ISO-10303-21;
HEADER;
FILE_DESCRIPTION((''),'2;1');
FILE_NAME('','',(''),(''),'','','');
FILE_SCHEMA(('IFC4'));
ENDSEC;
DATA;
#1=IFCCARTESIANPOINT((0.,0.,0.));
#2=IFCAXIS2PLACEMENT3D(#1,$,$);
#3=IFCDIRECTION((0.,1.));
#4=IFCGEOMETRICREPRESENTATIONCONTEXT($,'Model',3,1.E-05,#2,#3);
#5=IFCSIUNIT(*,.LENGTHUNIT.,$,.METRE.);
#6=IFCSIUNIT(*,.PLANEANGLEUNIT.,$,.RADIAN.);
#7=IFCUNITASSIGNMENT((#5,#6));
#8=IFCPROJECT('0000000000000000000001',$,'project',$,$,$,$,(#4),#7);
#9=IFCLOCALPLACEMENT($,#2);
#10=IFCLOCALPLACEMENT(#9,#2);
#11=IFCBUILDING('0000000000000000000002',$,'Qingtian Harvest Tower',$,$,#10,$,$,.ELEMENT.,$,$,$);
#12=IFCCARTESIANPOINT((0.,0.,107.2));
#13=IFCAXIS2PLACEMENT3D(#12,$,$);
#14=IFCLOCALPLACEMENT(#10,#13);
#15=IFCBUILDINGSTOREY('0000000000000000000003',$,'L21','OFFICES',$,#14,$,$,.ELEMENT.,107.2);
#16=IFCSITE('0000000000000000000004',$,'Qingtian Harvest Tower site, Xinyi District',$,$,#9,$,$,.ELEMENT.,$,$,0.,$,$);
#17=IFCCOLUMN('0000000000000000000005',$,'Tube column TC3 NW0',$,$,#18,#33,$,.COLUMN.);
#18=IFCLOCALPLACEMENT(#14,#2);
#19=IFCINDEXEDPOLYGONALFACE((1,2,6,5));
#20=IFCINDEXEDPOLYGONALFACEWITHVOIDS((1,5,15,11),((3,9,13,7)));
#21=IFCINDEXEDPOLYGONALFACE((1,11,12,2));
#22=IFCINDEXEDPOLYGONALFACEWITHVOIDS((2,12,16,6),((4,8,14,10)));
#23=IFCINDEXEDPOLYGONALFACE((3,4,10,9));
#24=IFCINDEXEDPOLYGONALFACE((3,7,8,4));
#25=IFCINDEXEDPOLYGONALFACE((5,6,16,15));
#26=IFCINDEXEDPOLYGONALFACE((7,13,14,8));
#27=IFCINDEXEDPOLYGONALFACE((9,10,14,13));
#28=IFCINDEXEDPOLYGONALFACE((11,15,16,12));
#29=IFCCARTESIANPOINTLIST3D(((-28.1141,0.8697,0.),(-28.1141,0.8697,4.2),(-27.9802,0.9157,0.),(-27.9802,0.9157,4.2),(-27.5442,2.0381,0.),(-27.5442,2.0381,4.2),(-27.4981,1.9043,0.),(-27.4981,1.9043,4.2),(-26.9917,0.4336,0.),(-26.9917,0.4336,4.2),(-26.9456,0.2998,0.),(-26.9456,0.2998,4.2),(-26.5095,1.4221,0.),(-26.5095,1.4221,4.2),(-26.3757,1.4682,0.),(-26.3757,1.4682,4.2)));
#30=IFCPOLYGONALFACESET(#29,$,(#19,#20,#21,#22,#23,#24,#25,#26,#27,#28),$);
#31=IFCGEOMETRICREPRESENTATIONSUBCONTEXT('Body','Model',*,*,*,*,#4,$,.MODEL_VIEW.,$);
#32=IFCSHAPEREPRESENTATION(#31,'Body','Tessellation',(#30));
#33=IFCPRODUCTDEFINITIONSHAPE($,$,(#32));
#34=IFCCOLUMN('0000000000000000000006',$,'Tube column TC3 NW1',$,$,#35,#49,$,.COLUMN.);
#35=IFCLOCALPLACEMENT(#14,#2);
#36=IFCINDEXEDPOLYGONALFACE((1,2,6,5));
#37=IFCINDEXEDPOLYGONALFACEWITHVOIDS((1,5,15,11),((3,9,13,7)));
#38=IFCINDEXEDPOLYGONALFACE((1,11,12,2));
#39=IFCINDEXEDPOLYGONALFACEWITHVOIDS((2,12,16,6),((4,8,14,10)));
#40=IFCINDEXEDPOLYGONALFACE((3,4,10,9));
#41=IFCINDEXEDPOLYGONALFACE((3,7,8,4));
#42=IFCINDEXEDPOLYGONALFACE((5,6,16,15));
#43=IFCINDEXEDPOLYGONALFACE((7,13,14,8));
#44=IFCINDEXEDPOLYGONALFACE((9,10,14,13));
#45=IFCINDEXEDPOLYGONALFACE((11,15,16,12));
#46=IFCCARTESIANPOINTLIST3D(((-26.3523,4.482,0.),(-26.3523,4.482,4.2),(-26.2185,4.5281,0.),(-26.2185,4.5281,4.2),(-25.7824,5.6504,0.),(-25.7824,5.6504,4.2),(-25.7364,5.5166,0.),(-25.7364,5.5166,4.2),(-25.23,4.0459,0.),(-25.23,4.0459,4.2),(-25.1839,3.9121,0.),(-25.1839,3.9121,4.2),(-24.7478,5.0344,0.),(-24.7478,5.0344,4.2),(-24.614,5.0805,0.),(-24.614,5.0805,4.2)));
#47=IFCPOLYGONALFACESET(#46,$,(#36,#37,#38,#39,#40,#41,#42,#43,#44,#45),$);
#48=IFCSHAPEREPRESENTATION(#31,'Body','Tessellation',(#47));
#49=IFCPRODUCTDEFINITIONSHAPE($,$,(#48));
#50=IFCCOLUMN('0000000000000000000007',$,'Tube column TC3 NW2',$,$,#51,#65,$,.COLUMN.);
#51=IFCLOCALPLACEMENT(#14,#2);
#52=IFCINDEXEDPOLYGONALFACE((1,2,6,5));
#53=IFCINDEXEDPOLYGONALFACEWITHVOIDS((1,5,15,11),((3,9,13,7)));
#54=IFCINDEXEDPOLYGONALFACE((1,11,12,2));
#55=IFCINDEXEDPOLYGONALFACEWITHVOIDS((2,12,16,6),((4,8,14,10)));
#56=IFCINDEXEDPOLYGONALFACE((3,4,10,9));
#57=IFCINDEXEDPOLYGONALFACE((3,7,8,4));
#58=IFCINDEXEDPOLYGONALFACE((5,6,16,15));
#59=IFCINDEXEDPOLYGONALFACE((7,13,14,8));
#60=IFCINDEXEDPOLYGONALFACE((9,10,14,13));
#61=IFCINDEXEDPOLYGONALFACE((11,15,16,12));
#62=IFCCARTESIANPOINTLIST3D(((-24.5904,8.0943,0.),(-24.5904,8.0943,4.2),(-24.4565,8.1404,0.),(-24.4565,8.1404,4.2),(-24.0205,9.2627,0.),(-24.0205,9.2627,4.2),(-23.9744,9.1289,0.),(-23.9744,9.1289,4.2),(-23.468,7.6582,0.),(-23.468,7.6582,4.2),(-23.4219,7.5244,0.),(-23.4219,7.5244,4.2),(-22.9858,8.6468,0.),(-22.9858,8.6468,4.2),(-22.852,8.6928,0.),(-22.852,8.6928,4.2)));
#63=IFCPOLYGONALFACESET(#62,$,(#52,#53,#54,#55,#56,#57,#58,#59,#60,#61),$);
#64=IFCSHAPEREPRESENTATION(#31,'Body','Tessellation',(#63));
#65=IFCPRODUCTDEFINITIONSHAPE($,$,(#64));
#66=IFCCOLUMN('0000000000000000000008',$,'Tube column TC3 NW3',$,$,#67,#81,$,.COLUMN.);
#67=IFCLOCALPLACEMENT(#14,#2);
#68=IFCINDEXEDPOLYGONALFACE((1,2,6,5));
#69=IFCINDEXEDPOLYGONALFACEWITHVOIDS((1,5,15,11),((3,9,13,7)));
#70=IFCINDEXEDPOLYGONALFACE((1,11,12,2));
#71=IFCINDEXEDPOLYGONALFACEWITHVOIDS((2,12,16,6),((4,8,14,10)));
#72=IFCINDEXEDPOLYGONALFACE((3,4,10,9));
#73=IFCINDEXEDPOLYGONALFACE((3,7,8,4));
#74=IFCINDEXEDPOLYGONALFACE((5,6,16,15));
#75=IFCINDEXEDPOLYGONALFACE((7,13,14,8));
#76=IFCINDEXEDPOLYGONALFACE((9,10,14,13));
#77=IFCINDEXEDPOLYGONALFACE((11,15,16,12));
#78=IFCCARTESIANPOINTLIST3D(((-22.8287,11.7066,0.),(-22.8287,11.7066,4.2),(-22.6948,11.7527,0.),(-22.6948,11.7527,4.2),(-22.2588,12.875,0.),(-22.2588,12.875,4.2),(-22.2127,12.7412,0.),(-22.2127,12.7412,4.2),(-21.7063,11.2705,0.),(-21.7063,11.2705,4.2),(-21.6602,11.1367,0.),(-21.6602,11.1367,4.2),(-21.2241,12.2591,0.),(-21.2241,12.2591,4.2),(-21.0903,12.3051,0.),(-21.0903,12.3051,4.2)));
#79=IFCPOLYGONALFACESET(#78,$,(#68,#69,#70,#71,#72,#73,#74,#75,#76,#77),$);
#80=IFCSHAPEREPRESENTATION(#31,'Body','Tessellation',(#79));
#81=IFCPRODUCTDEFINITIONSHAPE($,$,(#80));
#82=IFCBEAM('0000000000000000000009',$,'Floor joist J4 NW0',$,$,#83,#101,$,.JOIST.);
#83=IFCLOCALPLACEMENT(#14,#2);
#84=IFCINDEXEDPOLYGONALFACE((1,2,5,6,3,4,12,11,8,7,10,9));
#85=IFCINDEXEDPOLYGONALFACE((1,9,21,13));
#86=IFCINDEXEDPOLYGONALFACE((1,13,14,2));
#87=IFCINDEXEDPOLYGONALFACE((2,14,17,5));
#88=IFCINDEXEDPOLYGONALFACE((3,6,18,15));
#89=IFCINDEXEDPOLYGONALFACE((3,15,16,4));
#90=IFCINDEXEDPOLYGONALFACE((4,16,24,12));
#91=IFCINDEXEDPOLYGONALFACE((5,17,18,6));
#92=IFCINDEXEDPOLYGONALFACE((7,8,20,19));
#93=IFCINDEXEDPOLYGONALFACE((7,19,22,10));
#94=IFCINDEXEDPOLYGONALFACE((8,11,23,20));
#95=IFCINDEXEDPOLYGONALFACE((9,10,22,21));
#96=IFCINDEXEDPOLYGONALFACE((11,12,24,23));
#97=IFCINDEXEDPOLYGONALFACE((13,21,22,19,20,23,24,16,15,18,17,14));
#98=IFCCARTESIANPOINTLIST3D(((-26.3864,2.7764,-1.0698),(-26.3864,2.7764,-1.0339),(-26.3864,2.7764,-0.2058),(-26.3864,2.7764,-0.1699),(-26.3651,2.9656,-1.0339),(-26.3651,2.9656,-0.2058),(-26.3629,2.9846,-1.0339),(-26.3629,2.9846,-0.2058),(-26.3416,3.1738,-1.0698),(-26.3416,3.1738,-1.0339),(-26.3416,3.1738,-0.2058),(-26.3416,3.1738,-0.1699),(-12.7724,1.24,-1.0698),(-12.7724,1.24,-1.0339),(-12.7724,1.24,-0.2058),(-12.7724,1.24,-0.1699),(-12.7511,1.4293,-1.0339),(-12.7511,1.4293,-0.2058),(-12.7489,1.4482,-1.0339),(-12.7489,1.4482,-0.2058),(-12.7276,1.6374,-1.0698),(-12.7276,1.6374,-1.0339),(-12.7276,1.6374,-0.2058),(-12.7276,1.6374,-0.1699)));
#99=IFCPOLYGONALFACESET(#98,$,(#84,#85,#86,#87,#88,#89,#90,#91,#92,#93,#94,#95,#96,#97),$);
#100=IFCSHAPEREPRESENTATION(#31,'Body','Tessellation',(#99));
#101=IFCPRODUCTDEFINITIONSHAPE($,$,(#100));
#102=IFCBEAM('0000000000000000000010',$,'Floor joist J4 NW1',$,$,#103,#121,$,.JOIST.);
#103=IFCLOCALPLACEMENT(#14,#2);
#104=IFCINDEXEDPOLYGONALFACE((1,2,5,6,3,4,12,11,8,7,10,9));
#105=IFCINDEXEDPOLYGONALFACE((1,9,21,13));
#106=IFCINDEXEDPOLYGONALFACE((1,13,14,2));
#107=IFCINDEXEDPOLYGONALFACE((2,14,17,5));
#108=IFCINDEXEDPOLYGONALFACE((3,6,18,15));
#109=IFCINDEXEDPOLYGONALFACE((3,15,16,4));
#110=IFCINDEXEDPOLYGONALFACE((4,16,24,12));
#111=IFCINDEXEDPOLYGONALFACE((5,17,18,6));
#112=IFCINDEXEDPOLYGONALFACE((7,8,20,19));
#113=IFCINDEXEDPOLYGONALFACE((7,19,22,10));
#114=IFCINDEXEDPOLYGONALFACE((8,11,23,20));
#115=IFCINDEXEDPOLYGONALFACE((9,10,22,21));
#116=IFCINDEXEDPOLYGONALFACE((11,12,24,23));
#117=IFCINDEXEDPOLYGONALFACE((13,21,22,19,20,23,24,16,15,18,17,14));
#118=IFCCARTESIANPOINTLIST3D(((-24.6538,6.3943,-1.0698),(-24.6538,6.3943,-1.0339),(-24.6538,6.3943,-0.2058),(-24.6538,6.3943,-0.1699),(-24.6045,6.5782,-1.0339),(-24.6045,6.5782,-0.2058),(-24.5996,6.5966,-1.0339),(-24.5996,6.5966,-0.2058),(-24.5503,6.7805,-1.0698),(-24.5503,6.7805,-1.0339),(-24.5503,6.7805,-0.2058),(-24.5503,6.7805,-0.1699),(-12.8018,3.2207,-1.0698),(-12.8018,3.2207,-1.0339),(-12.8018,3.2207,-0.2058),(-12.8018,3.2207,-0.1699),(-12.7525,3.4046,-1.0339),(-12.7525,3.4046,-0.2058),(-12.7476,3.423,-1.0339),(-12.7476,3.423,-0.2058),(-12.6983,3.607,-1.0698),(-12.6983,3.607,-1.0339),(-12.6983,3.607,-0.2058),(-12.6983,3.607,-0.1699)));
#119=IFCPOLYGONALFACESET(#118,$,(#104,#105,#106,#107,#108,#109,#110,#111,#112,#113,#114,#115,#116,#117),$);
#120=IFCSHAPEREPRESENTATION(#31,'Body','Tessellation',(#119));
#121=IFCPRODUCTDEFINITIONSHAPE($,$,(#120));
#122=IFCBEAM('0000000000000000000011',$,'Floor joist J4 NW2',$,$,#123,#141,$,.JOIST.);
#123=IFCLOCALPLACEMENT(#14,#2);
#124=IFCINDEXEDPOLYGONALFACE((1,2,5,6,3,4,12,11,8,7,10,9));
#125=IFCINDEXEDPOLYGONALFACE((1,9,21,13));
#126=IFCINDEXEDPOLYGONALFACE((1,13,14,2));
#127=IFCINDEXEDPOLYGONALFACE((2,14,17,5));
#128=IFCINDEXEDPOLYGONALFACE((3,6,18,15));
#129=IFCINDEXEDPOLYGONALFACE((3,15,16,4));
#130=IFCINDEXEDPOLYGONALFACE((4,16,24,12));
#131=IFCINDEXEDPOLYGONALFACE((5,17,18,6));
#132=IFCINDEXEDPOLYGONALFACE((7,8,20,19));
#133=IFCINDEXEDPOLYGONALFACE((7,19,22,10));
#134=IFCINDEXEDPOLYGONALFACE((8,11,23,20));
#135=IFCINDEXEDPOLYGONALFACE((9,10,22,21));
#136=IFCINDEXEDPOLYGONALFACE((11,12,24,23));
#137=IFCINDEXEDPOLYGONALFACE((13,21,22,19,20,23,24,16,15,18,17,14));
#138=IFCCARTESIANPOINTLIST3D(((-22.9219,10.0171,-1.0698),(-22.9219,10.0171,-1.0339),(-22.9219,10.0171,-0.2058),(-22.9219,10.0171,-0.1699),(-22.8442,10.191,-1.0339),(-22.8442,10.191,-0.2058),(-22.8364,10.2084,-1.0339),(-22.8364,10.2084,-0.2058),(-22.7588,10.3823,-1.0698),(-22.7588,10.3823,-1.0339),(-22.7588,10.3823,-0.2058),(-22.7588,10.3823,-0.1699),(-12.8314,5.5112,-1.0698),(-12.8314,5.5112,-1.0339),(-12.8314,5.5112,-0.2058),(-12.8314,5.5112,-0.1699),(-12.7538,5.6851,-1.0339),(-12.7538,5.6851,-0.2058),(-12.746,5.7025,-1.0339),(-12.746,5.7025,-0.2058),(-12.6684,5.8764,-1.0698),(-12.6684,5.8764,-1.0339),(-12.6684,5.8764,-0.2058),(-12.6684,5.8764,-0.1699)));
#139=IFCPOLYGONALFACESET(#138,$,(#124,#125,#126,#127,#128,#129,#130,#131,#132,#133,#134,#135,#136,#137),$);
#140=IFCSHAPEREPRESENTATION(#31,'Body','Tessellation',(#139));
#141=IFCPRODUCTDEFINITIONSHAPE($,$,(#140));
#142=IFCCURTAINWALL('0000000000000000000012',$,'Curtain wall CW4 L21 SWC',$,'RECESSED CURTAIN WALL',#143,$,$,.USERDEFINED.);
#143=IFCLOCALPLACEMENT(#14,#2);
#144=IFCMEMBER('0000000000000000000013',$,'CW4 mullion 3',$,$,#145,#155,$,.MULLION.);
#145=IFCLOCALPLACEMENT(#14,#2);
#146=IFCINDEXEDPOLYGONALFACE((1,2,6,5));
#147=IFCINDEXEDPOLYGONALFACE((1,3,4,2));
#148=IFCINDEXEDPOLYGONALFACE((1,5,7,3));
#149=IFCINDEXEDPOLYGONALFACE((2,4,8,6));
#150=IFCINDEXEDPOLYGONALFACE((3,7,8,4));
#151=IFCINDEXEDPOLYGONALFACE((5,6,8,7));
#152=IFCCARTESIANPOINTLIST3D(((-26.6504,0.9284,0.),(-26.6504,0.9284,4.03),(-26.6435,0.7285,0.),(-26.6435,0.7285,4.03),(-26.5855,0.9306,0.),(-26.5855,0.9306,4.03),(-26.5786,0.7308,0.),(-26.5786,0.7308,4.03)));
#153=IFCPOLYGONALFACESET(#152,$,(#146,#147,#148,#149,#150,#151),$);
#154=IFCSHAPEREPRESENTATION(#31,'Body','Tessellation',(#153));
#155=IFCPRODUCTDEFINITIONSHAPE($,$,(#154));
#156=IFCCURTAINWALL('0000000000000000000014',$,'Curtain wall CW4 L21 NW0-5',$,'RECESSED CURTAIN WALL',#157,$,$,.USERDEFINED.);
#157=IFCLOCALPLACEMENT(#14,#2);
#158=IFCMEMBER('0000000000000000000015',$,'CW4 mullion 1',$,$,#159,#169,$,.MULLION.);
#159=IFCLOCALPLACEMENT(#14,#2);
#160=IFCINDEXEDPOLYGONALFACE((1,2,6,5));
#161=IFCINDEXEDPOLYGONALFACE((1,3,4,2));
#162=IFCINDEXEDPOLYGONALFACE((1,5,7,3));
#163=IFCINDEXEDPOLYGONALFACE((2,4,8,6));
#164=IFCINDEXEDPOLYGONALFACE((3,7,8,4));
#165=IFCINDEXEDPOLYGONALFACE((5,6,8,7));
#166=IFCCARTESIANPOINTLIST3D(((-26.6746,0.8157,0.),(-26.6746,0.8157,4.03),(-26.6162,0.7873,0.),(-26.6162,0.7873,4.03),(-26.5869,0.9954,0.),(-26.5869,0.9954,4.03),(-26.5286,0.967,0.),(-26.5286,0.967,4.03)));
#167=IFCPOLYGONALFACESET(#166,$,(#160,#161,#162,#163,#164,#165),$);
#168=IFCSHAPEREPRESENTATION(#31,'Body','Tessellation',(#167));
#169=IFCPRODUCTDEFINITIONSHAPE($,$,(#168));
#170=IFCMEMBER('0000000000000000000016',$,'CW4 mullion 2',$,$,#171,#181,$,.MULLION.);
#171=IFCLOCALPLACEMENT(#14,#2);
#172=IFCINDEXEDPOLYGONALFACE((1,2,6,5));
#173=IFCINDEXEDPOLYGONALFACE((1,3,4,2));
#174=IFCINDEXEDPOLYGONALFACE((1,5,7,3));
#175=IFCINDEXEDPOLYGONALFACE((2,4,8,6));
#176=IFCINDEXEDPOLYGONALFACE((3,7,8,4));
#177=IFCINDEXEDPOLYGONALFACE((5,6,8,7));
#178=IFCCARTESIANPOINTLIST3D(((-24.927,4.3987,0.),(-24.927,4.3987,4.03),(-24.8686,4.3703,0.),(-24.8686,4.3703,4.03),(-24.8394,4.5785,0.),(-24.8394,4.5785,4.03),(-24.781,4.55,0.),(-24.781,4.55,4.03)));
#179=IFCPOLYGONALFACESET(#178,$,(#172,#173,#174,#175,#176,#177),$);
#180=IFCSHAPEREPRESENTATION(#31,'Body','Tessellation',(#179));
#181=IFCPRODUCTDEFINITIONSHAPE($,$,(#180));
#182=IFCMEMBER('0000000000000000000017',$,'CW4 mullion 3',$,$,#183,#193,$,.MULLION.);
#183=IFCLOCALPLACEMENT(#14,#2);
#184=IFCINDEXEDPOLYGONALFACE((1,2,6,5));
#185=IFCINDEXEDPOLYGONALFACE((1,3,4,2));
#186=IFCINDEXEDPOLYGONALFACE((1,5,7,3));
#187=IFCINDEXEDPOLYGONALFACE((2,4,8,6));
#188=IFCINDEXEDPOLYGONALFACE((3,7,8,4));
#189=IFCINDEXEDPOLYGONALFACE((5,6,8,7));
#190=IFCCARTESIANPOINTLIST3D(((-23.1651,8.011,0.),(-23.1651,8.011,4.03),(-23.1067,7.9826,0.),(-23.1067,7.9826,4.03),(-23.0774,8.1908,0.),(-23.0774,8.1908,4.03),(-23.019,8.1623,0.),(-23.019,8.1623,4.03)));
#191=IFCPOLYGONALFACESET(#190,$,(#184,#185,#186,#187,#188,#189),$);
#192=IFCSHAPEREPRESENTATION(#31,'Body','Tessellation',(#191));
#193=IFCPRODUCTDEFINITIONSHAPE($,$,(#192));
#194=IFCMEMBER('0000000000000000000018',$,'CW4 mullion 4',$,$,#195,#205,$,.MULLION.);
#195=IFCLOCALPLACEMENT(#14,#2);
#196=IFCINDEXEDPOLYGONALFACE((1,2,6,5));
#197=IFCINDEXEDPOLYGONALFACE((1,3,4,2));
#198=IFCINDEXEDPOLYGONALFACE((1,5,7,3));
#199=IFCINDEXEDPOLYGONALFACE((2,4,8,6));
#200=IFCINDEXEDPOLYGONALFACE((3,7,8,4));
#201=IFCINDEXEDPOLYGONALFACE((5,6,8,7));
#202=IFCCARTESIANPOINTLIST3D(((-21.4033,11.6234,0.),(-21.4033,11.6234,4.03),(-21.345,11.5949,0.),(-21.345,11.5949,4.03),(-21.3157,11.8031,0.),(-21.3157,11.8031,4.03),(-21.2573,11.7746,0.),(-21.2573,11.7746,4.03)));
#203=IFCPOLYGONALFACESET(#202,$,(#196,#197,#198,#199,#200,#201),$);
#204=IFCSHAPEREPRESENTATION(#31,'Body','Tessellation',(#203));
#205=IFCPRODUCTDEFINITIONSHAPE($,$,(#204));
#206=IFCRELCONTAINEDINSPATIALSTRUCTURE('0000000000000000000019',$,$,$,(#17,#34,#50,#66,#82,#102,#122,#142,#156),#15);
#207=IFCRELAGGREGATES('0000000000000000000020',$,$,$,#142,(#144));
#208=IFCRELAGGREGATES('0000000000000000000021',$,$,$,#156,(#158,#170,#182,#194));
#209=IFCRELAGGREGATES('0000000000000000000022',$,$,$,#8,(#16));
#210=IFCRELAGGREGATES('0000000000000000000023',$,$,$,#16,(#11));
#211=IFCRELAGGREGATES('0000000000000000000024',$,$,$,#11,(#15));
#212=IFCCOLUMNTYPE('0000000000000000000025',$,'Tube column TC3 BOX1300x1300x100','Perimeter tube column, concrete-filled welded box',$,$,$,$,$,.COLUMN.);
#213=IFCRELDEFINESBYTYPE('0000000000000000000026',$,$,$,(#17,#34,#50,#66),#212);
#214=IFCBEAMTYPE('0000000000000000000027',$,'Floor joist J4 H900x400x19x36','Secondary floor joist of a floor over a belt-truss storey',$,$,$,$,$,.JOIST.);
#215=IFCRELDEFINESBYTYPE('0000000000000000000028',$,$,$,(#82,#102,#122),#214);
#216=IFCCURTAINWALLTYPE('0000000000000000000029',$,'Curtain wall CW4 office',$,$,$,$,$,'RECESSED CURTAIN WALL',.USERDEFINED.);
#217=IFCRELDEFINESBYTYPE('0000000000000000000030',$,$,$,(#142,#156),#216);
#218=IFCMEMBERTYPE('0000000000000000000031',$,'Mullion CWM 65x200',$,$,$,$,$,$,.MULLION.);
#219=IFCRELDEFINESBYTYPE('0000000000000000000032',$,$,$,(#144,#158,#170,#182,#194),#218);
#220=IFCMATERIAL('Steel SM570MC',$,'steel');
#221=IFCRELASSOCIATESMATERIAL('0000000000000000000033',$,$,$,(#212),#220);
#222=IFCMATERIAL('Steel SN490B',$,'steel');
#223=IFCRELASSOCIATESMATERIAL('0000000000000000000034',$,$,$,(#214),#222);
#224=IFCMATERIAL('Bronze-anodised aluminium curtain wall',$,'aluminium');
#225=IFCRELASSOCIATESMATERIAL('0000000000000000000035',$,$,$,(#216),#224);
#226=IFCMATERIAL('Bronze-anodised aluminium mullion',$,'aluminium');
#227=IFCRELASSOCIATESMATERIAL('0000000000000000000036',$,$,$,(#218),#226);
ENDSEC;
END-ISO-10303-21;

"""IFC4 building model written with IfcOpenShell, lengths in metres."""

from ifc_helpers import new_model, si_unit, direction, frame, origin, origin_2d, place, context, subcontext, project, spatial, rectangle, hollow_rectangle, i_section, extrude, material, material_profile, profile_set, type_object, element, aggregate, save


model = new_model("IFC4")

# Units and contexts
model_context = context("Model", 3, precision=1e-05, world=origin(), true_north=direction((0.0, 1.0)))
body_context = subcontext(model_context, "Body", "Model", "MODEL_VIEW")
ifc_project = project(units=[si_unit("LENGTHUNIT", "METRE"), si_unit("PLANEANGLEUNIT", "RADIAN")], contexts=[model_context])

# Site, building, storey
site_placement = place(None, origin())
site = spatial("IfcSite", under=ifc_project, at=site_placement, Name="Qingtian Harvest Tower site, Xinyi District", CompositionType="ELEMENT", RefElevation=0.0)
building_placement = place(site_placement, origin())
building = spatial("IfcBuilding", under=site, at=building_placement, Name="Qingtian Harvest Tower", CompositionType="ELEMENT")
storey_placement = place(building_placement, frame((0.0, 0.0, 107.2)))
storey = spatial("IfcBuildingStorey", under=building, at=storey_placement, Name="L21", Description="OFFICES", CompositionType="ELEMENT", Elevation=107.2)

# Columns
ifc_material_1 = material(Name="Steel SM570MC", Category="steel")
ifc_material_profile_1 = material_profile(ifc_material_1, hollow_rectangle(XDim=1.3, YDim=1.3, WallThickness=0.1001, at=origin_2d()), Name="BOX1300x1300x100")
ifc_profile_set_1 = profile_set([ifc_material_profile_1], Name="Steel SM570MC")
column_type = type_object("IfcColumnType", Name="Tube column TC3 BOX1300x1300x100", Description="Perimeter tube column, concrete-filled welded box", PredefinedType="COLUMN", material=ifc_profile_set_1)
for number, where, z_axis, x_axis, name in (
    (1, (-27.2449, 1.1689, 0.0), (0.0, 0.0, 1.0), (-0.438371, -0.898794, 0.0), "Tube column TC3 NW0"),
    (2, (-25.4832, 4.7812, 0.0), (0.0, 0.0, 1.0), (-0.438371, -0.898794, 0.0), "Tube column TC3 NW1"),
    (3, (-23.7212, 8.3936, 0.0), (0.0, 0.0, 1.0), (-0.438371, -0.898794, 0.0), "Tube column TC3 NW2"),
    (4, (-21.9595, 12.0059, 0.0), (0.0, 0.0, 1.0), (-0.438371, -0.898794, 0.0), "Tube column TC3 NW3"),
):
    element("IfcColumn", number, at=place(storey_placement, frame(where, z_axis=z_axis, x_axis=x_axis)), inside=storey, type_object=column_type, Name=name, PredefinedType="COLUMN", context=body_context, shape_type="SweptSolid", body=[
        extrude(hollow_rectangle(XDim=1.3, YDim=1.3, WallThickness=0.1001, at=origin_2d()), origin(), (0.0, 0.0, 1.0), 4.2),
    ])

# Beams
ifc_material_2 = material(Name="Steel SN490B", Category="steel")
ifc_material_profile_2 = material_profile(ifc_material_2, i_section(OverallWidth=0.3999, OverallDepth=0.8999, WebThickness=0.019, FlangeThickness=0.0359, at=origin_2d()), Name="H900x400x19x36")
ifc_profile_set_2 = profile_set([ifc_material_profile_2], Name="Steel SN490B")
beam_type_1 = type_object("IfcBeamType", Name="Floor joist J4 H900x400x19x36", Description="Secondary floor joist of a floor over a belt-truss storey", PredefinedType="JOIST", material=ifc_profile_set_2)
beam_1_placement = place(storey_placement, frame((-26.364, 2.9751, -0.6199), z_axis=(0.993692, -0.112141, 0.0), x_axis=(0.112141, 0.993692, 0.0)))
element("IfcBeam", 5, at=beam_1_placement, inside=storey, type_object=beam_type_1, Name="Floor joist J4 NW0", PredefinedType="JOIST", context=body_context, shape_type="SweptSolid", body=[
    extrude(i_section(OverallWidth=0.3999, OverallDepth=0.8999, WebThickness=0.019, FlangeThickness=0.0359, at=origin_2d()), origin(), (0.0, 0.0, 1.0), 13.7004),
])
beam_2_placement = place(storey_placement, frame((-24.6021, 6.5874, -0.6199), z_axis=(0.96597, -0.258655, 0.0), x_axis=(0.258655, 0.96597, 0.0)))
element("IfcBeam", 6, at=beam_2_placement, inside=storey, type_object=beam_type_1, Name="Floor joist J4 NW1", PredefinedType="JOIST", context=body_context, shape_type="SweptSolid", body=[
    extrude(i_section(OverallWidth=0.3999, OverallDepth=0.8999, WebThickness=0.019, FlangeThickness=0.0359, at=origin_2d()), origin(), (0.0, 0.0, 1.0), 12.2695),
])
beam_3_placement = place(storey_placement, frame((-22.8403, 10.1997, -0.6199), z_axis=(0.913096, -0.407745, 0.0), x_axis=(0.407745, 0.913096, 0.0)))
element("IfcBeam", 7, at=beam_3_placement, inside=storey, type_object=beam_type_1, Name="Floor joist J4 NW2", PredefinedType="JOIST", context=body_context, shape_type="SweptSolid", body=[
    extrude(i_section(OverallWidth=0.3999, OverallDepth=0.8999, WebThickness=0.019, FlangeThickness=0.0359, at=origin_2d()), origin(), (0.0, 0.0, 1.0), 11.0508),
])

# Curtain wall, member
ifc_material_3 = material(Name="Bronze-anodised aluminium curtain wall", Category="aluminium")
curtain_wall_type = type_object("IfcCurtainWallType", Name="Curtain wall CW4 office", ElementType="RECESSED CURTAIN WALL", PredefinedType="USERDEFINED", material=ifc_material_3)
curtain_wall_1_placement = place(storey_placement, origin())
curtain_wall_1 = element("IfcCurtainWall", 8, at=curtain_wall_1_placement, inside=storey, type_object=curtain_wall_type, Name="Curtain wall CW4 L21 SWC", ObjectType="RECESSED CURTAIN WALL", PredefinedType="USERDEFINED")
ifc_material_4 = material(Name="Bronze-anodised aluminium mullion", Category="aluminium")
ifc_material_profile_3 = material_profile(ifc_material_4, rectangle(XDim=0.0649, YDim=0.2, at=origin_2d()), Name="AL 65x200")
ifc_profile_set_3 = profile_set([ifc_material_profile_3], Name="Bronze-anodised aluminium mullion")
member_type_1 = type_object("IfcMemberType", Name="Mullion CWM 65x200", PredefinedType="MULLION", material=ifc_profile_set_3)
member_1_placement = place(storey_placement, frame((-26.6145, 0.8296, 0.0), z_axis=(0.0, 0.0, 1.0), x_axis=(-0.999391, -0.034899, 0.0)))
member_1 = element("IfcMember", 9, at=member_1_placement, type_object=member_type_1, Name="CW4 mullion 3", PredefinedType="MULLION", context=body_context, shape_type="SweptSolid", body=[
    extrude(rectangle(XDim=0.0649, YDim=0.2, at=origin_2d()), origin(), (0.0, 0.0, 1.0), 4.03),
])
aggregate(curtain_wall_1, [member_1])

# Curtain wall, members
curtain_wall_2_placement = place(storey_placement, origin())
curtain_wall_2 = element("IfcCurtainWall", 10, at=curtain_wall_2_placement, inside=storey, type_object=curtain_wall_type, Name="Curtain wall CW4 L21 NW0-5", ObjectType="RECESSED CURTAIN WALL", PredefinedType="USERDEFINED")
member_2_placement = place(storey_placement, frame((-26.6016, 0.8914, 0.0), z_axis=(0.0, 0.0, 1.0), x_axis=(-0.898794, 0.438371, 0.0)))
member_2 = element("IfcMember", 11, at=member_2_placement, type_object=member_type_1, Name="CW4 mullion 1", PredefinedType="MULLION", context=body_context, shape_type="SweptSolid", body=[
    extrude(rectangle(XDim=0.0649, YDim=0.2, at=origin_2d()), origin(), (0.0, 0.0, 1.0), 4.03),
])
member_3_placement = place(storey_placement, frame((-24.854, 4.4744, 0.0), z_axis=(0.0, 0.0, 1.0), x_axis=(-0.898794, 0.438371, 0.0)))
member_3 = element("IfcMember", 12, at=member_3_placement, type_object=member_type_1, Name="CW4 mullion 2", PredefinedType="MULLION", context=body_context, shape_type="SweptSolid", body=[
    extrude(rectangle(XDim=0.0649, YDim=0.2, at=origin_2d()), origin(), (0.0, 0.0, 1.0), 4.03),
])
member_4_placement = place(storey_placement, frame((-23.092, 8.0867, 0.0), z_axis=(0.0, 0.0, 1.0), x_axis=(-0.898794, 0.438371, 0.0)))
member_4 = element("IfcMember", 13, at=member_4_placement, type_object=member_type_1, Name="CW4 mullion 3", PredefinedType="MULLION", context=body_context, shape_type="SweptSolid", body=[
    extrude(rectangle(XDim=0.0649, YDim=0.2, at=origin_2d()), origin(), (0.0, 0.0, 1.0), 4.03),
])
member_5_placement = place(storey_placement, frame((-21.3303, 11.699, 0.0), z_axis=(0.0, 0.0, 1.0), x_axis=(-0.898794, 0.438371, 0.0)))
member_5 = element("IfcMember", 14, at=member_5_placement, type_object=member_type_1, Name="CW4 mullion 4", PredefinedType="MULLION", context=body_context, shape_type="SweptSolid", body=[
    extrude(rectangle(XDim=0.0649, YDim=0.2, at=origin_2d()), origin(), (0.0, 0.0, 1.0), 4.03),
])

aggregate(curtain_wall_2, [member_2, member_3, member_4, member_5])

save(model, "model.ifc")
